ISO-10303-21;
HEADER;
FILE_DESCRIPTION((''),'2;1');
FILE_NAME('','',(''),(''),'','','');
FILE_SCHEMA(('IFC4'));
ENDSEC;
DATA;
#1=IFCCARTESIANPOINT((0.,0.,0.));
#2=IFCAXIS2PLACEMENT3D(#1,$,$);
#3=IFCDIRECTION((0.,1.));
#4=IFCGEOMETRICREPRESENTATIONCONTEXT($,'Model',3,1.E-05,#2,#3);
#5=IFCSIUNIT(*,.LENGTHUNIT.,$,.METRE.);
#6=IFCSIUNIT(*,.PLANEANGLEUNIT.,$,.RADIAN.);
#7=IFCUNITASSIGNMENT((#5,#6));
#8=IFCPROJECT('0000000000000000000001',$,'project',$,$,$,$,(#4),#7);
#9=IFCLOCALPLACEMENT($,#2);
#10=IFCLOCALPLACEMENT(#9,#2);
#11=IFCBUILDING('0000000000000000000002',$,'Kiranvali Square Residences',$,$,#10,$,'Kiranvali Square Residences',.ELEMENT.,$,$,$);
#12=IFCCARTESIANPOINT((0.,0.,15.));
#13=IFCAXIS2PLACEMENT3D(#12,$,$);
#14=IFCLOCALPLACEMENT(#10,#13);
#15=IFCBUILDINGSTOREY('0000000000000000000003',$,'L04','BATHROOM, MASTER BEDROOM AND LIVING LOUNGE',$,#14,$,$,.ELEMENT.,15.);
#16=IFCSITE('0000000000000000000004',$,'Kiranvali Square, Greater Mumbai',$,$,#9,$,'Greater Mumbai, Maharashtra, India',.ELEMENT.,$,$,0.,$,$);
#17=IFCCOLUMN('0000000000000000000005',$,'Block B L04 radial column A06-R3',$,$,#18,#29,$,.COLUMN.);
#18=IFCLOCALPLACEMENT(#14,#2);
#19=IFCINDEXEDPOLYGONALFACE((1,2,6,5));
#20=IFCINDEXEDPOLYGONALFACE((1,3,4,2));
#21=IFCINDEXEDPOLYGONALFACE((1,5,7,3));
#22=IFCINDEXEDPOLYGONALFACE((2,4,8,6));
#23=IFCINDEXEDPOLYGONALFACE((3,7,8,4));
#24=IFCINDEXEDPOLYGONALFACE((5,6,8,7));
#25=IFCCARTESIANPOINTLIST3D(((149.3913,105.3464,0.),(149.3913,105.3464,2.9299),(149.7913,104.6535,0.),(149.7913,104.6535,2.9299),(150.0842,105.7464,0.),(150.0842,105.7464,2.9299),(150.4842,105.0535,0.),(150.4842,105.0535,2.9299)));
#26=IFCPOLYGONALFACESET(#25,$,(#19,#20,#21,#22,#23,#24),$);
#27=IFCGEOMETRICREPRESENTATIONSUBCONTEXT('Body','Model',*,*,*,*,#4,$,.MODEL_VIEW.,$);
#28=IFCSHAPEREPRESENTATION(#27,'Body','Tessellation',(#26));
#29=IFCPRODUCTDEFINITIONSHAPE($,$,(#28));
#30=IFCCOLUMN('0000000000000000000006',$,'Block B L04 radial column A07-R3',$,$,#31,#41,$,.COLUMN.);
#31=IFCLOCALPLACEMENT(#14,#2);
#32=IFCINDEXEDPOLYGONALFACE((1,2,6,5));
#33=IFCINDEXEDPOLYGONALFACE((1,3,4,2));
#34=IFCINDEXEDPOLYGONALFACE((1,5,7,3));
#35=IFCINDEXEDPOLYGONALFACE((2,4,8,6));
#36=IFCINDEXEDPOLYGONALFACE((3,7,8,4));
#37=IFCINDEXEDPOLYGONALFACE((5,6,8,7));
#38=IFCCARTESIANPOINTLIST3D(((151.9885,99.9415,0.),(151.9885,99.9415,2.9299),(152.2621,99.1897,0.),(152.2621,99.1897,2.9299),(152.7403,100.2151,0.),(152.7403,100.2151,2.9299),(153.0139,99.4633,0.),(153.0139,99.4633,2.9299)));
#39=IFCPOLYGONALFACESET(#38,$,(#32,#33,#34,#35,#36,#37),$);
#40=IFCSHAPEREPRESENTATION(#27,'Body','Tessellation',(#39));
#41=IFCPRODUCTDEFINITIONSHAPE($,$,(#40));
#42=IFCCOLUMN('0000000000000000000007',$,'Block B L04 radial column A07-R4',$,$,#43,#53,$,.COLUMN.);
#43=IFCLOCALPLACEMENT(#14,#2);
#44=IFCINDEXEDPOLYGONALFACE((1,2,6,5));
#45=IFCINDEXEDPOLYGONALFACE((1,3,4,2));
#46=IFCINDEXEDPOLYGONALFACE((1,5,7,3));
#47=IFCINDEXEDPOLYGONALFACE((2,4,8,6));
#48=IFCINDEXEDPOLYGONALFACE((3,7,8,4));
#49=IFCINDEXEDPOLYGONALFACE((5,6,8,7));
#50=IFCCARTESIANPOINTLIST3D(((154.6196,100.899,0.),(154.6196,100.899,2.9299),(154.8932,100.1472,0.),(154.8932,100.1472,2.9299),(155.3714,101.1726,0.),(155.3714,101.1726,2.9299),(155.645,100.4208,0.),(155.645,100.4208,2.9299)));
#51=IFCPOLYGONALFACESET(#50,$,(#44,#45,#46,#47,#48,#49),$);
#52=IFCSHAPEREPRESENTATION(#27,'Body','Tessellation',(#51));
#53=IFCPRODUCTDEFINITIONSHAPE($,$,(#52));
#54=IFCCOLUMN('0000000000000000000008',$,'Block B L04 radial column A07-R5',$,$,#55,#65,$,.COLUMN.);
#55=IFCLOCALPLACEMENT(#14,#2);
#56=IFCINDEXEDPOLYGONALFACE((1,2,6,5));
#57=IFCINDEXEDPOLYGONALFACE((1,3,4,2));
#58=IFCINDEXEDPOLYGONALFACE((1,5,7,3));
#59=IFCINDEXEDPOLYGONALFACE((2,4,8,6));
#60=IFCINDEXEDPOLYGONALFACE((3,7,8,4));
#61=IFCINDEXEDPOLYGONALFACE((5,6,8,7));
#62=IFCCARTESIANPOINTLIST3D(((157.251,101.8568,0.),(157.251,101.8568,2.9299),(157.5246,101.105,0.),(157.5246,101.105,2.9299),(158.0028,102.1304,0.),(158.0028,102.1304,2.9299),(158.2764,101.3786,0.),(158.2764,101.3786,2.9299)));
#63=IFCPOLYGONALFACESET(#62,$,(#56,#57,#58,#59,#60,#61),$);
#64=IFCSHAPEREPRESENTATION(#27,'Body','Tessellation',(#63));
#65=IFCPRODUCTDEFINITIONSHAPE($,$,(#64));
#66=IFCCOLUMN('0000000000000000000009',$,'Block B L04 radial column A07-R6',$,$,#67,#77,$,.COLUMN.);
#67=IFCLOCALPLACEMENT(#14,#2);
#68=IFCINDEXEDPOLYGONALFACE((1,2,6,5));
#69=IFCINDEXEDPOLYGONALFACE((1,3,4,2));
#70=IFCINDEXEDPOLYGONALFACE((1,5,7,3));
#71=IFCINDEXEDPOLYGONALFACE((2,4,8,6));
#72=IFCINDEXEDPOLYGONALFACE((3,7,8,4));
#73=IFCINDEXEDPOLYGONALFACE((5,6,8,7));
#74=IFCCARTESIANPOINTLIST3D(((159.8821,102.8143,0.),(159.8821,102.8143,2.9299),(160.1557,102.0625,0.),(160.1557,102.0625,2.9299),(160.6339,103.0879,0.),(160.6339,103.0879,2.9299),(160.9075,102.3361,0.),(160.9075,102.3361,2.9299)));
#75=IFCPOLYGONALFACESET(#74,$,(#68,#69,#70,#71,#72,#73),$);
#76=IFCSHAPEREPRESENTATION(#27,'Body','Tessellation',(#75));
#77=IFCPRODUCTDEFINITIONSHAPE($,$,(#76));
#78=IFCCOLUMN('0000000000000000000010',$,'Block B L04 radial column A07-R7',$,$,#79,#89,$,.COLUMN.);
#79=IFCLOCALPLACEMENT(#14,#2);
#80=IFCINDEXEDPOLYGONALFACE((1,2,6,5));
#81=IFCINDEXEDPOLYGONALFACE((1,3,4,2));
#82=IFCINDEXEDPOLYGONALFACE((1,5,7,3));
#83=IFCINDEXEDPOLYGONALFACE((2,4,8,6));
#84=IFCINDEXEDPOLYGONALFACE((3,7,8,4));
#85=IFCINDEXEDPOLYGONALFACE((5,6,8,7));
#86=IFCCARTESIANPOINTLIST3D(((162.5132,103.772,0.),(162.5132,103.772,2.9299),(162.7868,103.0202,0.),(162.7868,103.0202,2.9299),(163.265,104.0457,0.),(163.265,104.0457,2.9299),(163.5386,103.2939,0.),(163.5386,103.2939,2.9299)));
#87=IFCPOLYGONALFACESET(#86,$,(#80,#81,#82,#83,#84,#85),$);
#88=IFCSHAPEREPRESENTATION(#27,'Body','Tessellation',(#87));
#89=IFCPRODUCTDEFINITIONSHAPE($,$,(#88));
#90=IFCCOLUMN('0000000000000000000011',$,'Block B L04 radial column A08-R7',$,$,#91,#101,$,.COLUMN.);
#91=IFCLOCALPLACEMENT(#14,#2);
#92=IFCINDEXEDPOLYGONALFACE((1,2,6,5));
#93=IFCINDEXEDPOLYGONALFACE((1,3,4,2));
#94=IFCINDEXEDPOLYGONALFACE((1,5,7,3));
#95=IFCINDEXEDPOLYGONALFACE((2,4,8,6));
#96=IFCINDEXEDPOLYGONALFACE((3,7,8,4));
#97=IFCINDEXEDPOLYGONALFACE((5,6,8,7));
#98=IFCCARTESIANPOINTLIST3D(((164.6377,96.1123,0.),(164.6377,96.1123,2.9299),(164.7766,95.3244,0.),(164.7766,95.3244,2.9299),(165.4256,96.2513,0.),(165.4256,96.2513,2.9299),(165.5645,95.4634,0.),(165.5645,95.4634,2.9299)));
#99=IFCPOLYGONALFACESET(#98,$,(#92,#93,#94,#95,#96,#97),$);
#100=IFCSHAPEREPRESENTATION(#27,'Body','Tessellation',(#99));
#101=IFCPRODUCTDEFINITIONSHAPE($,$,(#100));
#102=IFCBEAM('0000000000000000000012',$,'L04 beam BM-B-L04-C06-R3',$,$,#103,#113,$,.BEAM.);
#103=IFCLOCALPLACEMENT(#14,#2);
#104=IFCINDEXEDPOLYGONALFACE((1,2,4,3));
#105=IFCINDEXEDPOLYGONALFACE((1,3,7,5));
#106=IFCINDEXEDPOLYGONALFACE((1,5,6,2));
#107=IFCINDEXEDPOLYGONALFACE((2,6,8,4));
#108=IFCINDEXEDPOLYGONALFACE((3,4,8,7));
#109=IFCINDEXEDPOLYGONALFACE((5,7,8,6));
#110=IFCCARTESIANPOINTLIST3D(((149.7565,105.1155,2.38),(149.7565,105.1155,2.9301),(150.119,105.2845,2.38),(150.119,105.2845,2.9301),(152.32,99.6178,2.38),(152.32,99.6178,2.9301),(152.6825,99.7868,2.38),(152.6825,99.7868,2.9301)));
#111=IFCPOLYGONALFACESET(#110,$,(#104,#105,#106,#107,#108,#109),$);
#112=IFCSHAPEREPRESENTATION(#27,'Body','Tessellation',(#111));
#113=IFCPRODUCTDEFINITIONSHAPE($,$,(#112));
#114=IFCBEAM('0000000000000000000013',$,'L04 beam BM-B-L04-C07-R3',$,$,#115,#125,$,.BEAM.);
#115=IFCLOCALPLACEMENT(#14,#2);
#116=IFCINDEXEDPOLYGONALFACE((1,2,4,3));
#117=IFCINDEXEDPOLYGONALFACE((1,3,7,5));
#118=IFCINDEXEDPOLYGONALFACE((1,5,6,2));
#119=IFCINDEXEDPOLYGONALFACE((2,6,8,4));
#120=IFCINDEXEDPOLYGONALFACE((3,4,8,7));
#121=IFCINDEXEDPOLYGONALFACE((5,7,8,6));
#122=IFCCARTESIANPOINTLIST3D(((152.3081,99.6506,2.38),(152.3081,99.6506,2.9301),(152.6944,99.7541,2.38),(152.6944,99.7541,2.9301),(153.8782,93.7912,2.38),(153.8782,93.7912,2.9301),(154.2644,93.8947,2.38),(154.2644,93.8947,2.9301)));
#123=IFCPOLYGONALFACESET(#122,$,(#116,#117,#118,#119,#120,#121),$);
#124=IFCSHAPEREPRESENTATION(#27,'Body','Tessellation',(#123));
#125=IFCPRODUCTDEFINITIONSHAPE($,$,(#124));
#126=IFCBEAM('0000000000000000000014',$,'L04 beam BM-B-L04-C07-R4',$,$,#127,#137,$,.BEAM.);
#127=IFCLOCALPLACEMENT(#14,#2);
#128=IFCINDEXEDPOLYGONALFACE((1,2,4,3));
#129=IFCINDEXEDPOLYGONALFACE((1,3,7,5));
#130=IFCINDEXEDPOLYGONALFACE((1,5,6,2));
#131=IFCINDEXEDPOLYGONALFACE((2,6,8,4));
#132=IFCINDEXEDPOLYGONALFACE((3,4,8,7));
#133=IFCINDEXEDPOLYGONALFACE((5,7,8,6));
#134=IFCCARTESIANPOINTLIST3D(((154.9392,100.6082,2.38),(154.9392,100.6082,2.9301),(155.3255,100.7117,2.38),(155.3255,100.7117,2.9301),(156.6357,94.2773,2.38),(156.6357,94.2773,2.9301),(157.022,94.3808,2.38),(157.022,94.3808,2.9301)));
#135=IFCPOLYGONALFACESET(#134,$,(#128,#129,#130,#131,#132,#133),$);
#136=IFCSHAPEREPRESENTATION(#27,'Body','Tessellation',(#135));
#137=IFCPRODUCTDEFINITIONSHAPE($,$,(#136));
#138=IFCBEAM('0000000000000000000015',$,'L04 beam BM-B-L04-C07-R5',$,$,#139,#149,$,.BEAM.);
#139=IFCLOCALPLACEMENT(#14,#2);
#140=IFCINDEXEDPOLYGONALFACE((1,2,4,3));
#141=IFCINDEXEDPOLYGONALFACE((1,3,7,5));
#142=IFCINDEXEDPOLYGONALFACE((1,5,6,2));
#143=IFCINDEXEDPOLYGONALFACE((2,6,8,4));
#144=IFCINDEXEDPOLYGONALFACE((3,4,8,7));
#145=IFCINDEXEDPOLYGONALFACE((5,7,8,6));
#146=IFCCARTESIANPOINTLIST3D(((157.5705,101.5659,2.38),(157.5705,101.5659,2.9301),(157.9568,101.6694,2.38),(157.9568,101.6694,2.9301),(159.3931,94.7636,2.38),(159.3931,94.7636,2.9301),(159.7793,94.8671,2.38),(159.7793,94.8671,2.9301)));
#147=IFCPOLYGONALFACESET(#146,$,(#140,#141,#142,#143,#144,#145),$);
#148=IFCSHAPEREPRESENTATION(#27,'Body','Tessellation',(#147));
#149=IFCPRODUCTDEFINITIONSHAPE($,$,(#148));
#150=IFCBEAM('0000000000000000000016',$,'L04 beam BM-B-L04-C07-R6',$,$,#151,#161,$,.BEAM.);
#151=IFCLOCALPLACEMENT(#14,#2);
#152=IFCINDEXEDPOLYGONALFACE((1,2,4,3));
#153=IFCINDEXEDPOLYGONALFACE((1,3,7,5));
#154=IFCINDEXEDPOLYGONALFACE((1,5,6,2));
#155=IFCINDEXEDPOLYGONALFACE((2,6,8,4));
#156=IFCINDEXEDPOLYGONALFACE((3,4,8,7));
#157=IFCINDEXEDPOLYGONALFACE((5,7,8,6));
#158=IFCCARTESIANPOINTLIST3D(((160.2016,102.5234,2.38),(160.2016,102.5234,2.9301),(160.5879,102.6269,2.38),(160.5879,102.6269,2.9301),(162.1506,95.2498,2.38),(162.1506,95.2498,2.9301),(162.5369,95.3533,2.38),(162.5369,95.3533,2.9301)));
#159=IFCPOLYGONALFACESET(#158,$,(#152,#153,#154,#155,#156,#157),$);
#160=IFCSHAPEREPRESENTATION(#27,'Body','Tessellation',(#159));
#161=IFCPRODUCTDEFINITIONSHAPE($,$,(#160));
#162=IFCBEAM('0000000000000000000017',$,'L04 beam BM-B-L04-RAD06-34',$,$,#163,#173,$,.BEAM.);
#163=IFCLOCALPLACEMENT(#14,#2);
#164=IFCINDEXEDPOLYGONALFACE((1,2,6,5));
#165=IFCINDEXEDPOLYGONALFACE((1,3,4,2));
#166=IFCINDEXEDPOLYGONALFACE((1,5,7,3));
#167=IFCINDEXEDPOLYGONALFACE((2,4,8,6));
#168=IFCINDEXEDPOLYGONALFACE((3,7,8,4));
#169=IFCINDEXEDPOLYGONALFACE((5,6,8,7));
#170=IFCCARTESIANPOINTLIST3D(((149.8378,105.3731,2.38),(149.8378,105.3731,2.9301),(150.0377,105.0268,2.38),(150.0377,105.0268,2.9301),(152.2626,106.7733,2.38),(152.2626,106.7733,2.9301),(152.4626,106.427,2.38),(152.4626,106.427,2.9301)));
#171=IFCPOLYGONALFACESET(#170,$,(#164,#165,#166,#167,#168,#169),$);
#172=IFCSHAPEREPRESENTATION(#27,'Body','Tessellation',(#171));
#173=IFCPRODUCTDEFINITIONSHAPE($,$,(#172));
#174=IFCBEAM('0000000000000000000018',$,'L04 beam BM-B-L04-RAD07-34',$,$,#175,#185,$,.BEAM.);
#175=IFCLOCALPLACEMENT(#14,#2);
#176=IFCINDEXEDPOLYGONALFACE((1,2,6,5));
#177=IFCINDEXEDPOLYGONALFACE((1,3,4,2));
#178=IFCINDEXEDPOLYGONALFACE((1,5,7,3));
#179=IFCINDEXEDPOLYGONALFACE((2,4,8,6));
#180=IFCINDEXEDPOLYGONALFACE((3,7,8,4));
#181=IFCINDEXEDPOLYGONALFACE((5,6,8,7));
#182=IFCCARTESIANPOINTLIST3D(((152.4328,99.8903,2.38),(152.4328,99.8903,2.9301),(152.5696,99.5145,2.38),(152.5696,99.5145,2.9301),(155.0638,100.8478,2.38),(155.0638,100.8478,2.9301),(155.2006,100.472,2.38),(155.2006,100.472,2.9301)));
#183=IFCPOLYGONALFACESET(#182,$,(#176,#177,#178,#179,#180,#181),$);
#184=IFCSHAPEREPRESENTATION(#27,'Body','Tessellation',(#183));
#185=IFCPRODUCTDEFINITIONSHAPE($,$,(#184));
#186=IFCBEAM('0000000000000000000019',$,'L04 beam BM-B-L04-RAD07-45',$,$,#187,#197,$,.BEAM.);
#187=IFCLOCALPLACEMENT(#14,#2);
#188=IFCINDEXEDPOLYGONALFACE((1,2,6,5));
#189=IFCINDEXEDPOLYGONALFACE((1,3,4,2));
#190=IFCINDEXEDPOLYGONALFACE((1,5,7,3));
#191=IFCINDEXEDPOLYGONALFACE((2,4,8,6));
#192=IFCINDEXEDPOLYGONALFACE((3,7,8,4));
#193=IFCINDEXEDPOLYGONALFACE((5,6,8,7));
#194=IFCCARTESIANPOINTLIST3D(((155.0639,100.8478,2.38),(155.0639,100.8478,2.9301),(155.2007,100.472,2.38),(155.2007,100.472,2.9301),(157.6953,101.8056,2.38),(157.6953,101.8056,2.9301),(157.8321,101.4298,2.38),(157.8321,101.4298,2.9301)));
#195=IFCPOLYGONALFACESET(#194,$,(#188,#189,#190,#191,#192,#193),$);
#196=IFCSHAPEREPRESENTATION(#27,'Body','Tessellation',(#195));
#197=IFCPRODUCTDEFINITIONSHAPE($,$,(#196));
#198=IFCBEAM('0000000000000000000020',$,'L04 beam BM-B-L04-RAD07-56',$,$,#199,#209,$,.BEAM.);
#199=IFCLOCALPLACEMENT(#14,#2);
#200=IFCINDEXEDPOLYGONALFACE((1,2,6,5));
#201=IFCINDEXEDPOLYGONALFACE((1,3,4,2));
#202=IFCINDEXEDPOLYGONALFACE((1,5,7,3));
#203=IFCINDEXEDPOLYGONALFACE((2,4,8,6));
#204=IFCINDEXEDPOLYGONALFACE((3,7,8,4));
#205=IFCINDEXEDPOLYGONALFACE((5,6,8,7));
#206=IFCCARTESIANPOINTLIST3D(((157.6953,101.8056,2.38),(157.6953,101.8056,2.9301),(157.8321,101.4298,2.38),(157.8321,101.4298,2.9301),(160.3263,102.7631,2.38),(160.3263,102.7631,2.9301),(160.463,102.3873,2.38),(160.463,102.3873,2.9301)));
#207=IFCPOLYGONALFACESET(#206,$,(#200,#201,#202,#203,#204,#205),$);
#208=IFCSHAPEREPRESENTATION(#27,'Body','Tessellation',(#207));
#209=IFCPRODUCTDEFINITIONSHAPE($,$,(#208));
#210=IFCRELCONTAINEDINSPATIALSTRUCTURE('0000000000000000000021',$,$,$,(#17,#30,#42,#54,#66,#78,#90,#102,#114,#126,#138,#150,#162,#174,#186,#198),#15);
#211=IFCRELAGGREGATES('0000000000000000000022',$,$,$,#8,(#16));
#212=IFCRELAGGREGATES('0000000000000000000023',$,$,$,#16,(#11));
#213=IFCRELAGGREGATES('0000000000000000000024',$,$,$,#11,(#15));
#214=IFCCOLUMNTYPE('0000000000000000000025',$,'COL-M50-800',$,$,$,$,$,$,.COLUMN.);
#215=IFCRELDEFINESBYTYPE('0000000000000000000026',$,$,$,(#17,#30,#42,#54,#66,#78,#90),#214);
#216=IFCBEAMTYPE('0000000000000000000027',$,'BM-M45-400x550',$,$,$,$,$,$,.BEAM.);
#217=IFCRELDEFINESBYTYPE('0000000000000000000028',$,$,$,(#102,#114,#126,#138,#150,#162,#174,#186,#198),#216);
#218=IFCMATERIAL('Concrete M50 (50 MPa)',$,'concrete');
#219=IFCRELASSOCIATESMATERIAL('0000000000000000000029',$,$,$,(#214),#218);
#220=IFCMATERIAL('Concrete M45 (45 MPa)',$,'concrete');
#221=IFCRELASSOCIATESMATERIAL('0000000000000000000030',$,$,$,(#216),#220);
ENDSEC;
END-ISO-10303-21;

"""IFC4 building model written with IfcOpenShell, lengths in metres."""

from ifc_helpers import new_model, si_unit, direction, frame, origin, origin_2d, place, context, subcontext, project, spatial, rectangle, extrude, material, material_profile, profile_set, type_object, element, save


model = new_model("IFC4")

# Units and contexts
model_context = context("Model", 3, precision=1e-05, world=origin(), true_north=direction((0.0, 1.0)))
body_context = subcontext(model_context, "Body", "Model", "MODEL_VIEW")
ifc_project = project(units=[si_unit("LENGTHUNIT", "METRE"), si_unit("PLANEANGLEUNIT", "RADIAN")], contexts=[model_context])

# Site, building, storey
site_placement = place(None, origin())
site = spatial("IfcSite", under=ifc_project, at=site_placement, Name="Kiranvali Square, Greater Mumbai", LongName="Greater Mumbai, Maharashtra, India", CompositionType="ELEMENT", RefElevation=0.0)
building_placement = place(site_placement, origin())
building = spatial("IfcBuilding", under=site, at=building_placement, Name="Kiranvali Square Residences", LongName="Kiranvali Square Residences", CompositionType="ELEMENT")
storey_placement = place(building_placement, frame((0.0, 0.0, 15.0)))
storey = spatial("IfcBuildingStorey", under=building, at=storey_placement, Name="L04", Description="BATHROOM, MASTER BEDROOM AND LIVING LOUNGE", CompositionType="ELEMENT", Elevation=15.0)

# Columns
ifc_material_1 = material(Name="Concrete M50 (50 MPa)", Category="concrete")
ifc_material_profile_1 = material_profile(ifc_material_1, rectangle(XDim=0.8, YDim=0.8, at=origin_2d()), Name="RC 800x800")
ifc_profile_set_1 = profile_set([ifc_material_profile_1], Name="Concrete M50 (50 MPa)")
column_type = type_object("IfcColumnType", Name="COL-M50-800", PredefinedType="COLUMN", material=ifc_profile_set_1)
for number, where, z_axis, x_axis, name in (
    (1, (149.9377, 105.2, 0.0), (0.0, 0.0, 1.0), (-0.5, 0.866025, 0.0), "Block B L04 radial column A06-R3"),
    (2, (152.5012, 99.7024, 0.0), (0.0, 0.0, 1.0), (-0.34202, 0.939693, 0.0), "Block B L04 radial column A07-R3"),
    (3, (155.1323, 100.6599, 0.0), (0.0, 0.0, 1.0), (-0.34202, 0.939693, 0.0), "Block B L04 radial column A07-R4"),
    (4, (157.7637, 101.6177, 0.0), (0.0, 0.0, 1.0), (-0.34202, 0.939693, 0.0), "Block B L04 radial column A07-R5"),
    (5, (160.3948, 102.5752, 0.0), (0.0, 0.0, 1.0), (-0.34202, 0.939693, 0.0), "Block B L04 radial column A07-R6"),
    (6, (163.0259, 103.533, 0.0), (0.0, 0.0, 1.0), (-0.34202, 0.939693, 0.0), "Block B L04 radial column A07-R7"),
    (7, (165.1011, 95.7878, 0.0), (0.0, 0.0, 1.0), (-0.173648, 0.984808, 0.0), "Block B L04 radial column A08-R7"),
):
    element("IfcColumn", number, at=place(storey_placement, frame(where, z_axis=z_axis, x_axis=x_axis)), inside=storey, type_object=column_type, Name=name, PredefinedType="COLUMN", context=body_context, shape_type="SweptSolid", body=[
        extrude(rectangle(XDim=0.8, YDim=0.8, at=origin_2d()), origin(), (0.0, 0.0, 1.0), 2.9299),
    ])

# Beams
ifc_material_2 = material(Name="Concrete M45 (45 MPa)", Category="concrete")
ifc_material_profile_2 = material_profile(ifc_material_2, rectangle(XDim=0.3999, YDim=0.55, at=origin_2d()), Name="RC 400x550")
ifc_profile_set_2 = profile_set([ifc_material_profile_2], Name="Concrete M45 (45 MPa)")
beam_type_1 = type_object("IfcBeamType", Name="BM-M45-400x550", PredefinedType="BEAM", material=ifc_profile_set_2)
beam_1_placement = place(storey_placement, frame((149.9377, 105.2, 2.655), z_axis=(0.422608, -0.906313, 0.0), x_axis=(0.906313, 0.422608, 0.0)))
element("IfcBeam", 8, at=beam_1_placement, inside=storey, type_object=beam_type_1, Name="L04 beam BM-B-L04-C06-R3", PredefinedType="BEAM", context=body_context, shape_type="SweptSolid", body=[
    extrude(rectangle(XDim=0.3999, YDim=0.55, at=origin_2d()), origin(), (0.0, 0.0, 1.0), 6.0659),
])
beam_2_placement = place(storey_placement, frame((152.5012, 99.7024, 2.655), z_axis=(0.258827, -0.965924, 0.0), x_axis=(0.965924, 0.258827, 0.0)))
element("IfcBeam", 9, at=beam_2_placement, inside=storey, type_object=beam_type_1, Name="L04 beam BM-B-L04-C07-R3", PredefinedType="BEAM", context=body_context, shape_type="SweptSolid", body=[
    extrude(rectangle(XDim=0.3999, YDim=0.55, at=origin_2d()), origin(), (0.0, 0.0, 1.0), 6.0662),
])
beam_3_placement = place(storey_placement, frame((155.1323, 100.6599, 2.655), z_axis=(0.258847, -0.965918, 0.0), x_axis=(0.965918, 0.258847, 0.0)))
element("IfcBeam", 10, at=beam_3_placement, inside=storey, type_object=beam_type_1, Name="L04 beam BM-B-L04-C07-R4", PredefinedType="BEAM", context=body_context, shape_type="SweptSolid", body=[
    extrude(rectangle(XDim=0.3999, YDim=0.55, at=origin_2d()), origin(), (0.0, 0.0, 1.0), 6.5542),
])
beam_4_placement = place(storey_placement, frame((157.7637, 101.6177, 2.655), z_axis=(0.2588, -0.965931, 0.0), x_axis=(0.965931, 0.2588, 0.0)))
element("IfcBeam", 11, at=beam_4_placement, inside=storey, type_object=beam_type_1, Name="L04 beam BM-B-L04-C07-R5", PredefinedType="BEAM", context=body_context, shape_type="SweptSolid", body=[
    extrude(rectangle(XDim=0.3999, YDim=0.55, at=origin_2d()), origin(), (0.0, 0.0, 1.0), 7.0422),
])
beam_5_placement = place(storey_placement, frame((160.3948, 102.5752, 2.655), z_axis=(0.258819, -0.965926, 0.0), x_axis=(0.965926, 0.258819, 0.0)))
element("IfcBeam", 12, at=beam_5_placement, inside=storey, type_object=beam_type_1, Name="L04 beam BM-B-L04-C07-R6", PredefinedType="BEAM", context=body_context, shape_type="SweptSolid", body=[
    extrude(rectangle(XDim=0.3999, YDim=0.55, at=origin_2d()), origin(), (0.0, 0.0, 1.0), 7.5303),
])
beam_6_placement = place(storey_placement, frame((149.9377, 105.2, 2.655), z_axis=(0.865997, 0.50005, 0.0), x_axis=(-0.50005, 0.865997, 0.0)))
element("IfcBeam", 13, at=beam_6_placement, inside=storey, type_object=beam_type_1, Name="L04 beam BM-B-L04-RAD06-34", PredefinedType="BEAM", context=body_context, shape_type="SweptSolid", body=[
    extrude(rectangle(XDim=0.3999, YDim=0.55, at=origin_2d()), origin(), (0.0, 0.0, 1.0), 2.8),
])
beam_7_placement = place(storey_placement, frame((152.5012, 99.7024, 2.655), z_axis=(0.939707, 0.341981, 0.0), x_axis=(-0.341981, 0.939707, 0.0)))
element("IfcBeam", 14, at=beam_7_placement, inside=storey, type_object=beam_type_1, Name="L04 beam BM-B-L04-RAD07-34", PredefinedType="BEAM", context=body_context, shape_type="SweptSolid", body=[
    extrude(rectangle(XDim=0.3999, YDim=0.55, at=origin_2d()), origin(), (0.0, 0.0, 1.0), 2.7998),
])
beam_8_placement = place(storey_placement, frame((155.1323, 100.6599, 2.655), z_axis=(0.939689, 0.34203, 0.0), x_axis=(-0.34203, 0.939689, 0.0)))
element("IfcBeam", 15, at=beam_8_placement, inside=storey, type_object=beam_type_1, Name="L04 beam BM-B-L04-RAD07-45", PredefinedType="BEAM", context=body_context, shape_type="SweptSolid", body=[
    extrude(rectangle(XDim=0.3999, YDim=0.55, at=origin_2d()), origin(), (0.0, 0.0, 1.0), 2.8003),
])
beam_9_placement = place(storey_placement, frame((157.7637, 101.6177, 2.655), z_axis=(0.939707, 0.341981, 0.0), x_axis=(-0.341981, 0.939707, 0.0)))
element("IfcBeam", 16, at=beam_9_placement, inside=storey, type_object=beam_type_1, Name="L04 beam BM-B-L04-RAD07-56", PredefinedType="BEAM", context=body_context, shape_type="SweptSolid", body=[
    extrude(rectangle(XDim=0.3999, YDim=0.55, at=origin_2d()), origin(), (0.0, 0.0, 1.0), 2.7998),
])

save(model, "model.ifc")
